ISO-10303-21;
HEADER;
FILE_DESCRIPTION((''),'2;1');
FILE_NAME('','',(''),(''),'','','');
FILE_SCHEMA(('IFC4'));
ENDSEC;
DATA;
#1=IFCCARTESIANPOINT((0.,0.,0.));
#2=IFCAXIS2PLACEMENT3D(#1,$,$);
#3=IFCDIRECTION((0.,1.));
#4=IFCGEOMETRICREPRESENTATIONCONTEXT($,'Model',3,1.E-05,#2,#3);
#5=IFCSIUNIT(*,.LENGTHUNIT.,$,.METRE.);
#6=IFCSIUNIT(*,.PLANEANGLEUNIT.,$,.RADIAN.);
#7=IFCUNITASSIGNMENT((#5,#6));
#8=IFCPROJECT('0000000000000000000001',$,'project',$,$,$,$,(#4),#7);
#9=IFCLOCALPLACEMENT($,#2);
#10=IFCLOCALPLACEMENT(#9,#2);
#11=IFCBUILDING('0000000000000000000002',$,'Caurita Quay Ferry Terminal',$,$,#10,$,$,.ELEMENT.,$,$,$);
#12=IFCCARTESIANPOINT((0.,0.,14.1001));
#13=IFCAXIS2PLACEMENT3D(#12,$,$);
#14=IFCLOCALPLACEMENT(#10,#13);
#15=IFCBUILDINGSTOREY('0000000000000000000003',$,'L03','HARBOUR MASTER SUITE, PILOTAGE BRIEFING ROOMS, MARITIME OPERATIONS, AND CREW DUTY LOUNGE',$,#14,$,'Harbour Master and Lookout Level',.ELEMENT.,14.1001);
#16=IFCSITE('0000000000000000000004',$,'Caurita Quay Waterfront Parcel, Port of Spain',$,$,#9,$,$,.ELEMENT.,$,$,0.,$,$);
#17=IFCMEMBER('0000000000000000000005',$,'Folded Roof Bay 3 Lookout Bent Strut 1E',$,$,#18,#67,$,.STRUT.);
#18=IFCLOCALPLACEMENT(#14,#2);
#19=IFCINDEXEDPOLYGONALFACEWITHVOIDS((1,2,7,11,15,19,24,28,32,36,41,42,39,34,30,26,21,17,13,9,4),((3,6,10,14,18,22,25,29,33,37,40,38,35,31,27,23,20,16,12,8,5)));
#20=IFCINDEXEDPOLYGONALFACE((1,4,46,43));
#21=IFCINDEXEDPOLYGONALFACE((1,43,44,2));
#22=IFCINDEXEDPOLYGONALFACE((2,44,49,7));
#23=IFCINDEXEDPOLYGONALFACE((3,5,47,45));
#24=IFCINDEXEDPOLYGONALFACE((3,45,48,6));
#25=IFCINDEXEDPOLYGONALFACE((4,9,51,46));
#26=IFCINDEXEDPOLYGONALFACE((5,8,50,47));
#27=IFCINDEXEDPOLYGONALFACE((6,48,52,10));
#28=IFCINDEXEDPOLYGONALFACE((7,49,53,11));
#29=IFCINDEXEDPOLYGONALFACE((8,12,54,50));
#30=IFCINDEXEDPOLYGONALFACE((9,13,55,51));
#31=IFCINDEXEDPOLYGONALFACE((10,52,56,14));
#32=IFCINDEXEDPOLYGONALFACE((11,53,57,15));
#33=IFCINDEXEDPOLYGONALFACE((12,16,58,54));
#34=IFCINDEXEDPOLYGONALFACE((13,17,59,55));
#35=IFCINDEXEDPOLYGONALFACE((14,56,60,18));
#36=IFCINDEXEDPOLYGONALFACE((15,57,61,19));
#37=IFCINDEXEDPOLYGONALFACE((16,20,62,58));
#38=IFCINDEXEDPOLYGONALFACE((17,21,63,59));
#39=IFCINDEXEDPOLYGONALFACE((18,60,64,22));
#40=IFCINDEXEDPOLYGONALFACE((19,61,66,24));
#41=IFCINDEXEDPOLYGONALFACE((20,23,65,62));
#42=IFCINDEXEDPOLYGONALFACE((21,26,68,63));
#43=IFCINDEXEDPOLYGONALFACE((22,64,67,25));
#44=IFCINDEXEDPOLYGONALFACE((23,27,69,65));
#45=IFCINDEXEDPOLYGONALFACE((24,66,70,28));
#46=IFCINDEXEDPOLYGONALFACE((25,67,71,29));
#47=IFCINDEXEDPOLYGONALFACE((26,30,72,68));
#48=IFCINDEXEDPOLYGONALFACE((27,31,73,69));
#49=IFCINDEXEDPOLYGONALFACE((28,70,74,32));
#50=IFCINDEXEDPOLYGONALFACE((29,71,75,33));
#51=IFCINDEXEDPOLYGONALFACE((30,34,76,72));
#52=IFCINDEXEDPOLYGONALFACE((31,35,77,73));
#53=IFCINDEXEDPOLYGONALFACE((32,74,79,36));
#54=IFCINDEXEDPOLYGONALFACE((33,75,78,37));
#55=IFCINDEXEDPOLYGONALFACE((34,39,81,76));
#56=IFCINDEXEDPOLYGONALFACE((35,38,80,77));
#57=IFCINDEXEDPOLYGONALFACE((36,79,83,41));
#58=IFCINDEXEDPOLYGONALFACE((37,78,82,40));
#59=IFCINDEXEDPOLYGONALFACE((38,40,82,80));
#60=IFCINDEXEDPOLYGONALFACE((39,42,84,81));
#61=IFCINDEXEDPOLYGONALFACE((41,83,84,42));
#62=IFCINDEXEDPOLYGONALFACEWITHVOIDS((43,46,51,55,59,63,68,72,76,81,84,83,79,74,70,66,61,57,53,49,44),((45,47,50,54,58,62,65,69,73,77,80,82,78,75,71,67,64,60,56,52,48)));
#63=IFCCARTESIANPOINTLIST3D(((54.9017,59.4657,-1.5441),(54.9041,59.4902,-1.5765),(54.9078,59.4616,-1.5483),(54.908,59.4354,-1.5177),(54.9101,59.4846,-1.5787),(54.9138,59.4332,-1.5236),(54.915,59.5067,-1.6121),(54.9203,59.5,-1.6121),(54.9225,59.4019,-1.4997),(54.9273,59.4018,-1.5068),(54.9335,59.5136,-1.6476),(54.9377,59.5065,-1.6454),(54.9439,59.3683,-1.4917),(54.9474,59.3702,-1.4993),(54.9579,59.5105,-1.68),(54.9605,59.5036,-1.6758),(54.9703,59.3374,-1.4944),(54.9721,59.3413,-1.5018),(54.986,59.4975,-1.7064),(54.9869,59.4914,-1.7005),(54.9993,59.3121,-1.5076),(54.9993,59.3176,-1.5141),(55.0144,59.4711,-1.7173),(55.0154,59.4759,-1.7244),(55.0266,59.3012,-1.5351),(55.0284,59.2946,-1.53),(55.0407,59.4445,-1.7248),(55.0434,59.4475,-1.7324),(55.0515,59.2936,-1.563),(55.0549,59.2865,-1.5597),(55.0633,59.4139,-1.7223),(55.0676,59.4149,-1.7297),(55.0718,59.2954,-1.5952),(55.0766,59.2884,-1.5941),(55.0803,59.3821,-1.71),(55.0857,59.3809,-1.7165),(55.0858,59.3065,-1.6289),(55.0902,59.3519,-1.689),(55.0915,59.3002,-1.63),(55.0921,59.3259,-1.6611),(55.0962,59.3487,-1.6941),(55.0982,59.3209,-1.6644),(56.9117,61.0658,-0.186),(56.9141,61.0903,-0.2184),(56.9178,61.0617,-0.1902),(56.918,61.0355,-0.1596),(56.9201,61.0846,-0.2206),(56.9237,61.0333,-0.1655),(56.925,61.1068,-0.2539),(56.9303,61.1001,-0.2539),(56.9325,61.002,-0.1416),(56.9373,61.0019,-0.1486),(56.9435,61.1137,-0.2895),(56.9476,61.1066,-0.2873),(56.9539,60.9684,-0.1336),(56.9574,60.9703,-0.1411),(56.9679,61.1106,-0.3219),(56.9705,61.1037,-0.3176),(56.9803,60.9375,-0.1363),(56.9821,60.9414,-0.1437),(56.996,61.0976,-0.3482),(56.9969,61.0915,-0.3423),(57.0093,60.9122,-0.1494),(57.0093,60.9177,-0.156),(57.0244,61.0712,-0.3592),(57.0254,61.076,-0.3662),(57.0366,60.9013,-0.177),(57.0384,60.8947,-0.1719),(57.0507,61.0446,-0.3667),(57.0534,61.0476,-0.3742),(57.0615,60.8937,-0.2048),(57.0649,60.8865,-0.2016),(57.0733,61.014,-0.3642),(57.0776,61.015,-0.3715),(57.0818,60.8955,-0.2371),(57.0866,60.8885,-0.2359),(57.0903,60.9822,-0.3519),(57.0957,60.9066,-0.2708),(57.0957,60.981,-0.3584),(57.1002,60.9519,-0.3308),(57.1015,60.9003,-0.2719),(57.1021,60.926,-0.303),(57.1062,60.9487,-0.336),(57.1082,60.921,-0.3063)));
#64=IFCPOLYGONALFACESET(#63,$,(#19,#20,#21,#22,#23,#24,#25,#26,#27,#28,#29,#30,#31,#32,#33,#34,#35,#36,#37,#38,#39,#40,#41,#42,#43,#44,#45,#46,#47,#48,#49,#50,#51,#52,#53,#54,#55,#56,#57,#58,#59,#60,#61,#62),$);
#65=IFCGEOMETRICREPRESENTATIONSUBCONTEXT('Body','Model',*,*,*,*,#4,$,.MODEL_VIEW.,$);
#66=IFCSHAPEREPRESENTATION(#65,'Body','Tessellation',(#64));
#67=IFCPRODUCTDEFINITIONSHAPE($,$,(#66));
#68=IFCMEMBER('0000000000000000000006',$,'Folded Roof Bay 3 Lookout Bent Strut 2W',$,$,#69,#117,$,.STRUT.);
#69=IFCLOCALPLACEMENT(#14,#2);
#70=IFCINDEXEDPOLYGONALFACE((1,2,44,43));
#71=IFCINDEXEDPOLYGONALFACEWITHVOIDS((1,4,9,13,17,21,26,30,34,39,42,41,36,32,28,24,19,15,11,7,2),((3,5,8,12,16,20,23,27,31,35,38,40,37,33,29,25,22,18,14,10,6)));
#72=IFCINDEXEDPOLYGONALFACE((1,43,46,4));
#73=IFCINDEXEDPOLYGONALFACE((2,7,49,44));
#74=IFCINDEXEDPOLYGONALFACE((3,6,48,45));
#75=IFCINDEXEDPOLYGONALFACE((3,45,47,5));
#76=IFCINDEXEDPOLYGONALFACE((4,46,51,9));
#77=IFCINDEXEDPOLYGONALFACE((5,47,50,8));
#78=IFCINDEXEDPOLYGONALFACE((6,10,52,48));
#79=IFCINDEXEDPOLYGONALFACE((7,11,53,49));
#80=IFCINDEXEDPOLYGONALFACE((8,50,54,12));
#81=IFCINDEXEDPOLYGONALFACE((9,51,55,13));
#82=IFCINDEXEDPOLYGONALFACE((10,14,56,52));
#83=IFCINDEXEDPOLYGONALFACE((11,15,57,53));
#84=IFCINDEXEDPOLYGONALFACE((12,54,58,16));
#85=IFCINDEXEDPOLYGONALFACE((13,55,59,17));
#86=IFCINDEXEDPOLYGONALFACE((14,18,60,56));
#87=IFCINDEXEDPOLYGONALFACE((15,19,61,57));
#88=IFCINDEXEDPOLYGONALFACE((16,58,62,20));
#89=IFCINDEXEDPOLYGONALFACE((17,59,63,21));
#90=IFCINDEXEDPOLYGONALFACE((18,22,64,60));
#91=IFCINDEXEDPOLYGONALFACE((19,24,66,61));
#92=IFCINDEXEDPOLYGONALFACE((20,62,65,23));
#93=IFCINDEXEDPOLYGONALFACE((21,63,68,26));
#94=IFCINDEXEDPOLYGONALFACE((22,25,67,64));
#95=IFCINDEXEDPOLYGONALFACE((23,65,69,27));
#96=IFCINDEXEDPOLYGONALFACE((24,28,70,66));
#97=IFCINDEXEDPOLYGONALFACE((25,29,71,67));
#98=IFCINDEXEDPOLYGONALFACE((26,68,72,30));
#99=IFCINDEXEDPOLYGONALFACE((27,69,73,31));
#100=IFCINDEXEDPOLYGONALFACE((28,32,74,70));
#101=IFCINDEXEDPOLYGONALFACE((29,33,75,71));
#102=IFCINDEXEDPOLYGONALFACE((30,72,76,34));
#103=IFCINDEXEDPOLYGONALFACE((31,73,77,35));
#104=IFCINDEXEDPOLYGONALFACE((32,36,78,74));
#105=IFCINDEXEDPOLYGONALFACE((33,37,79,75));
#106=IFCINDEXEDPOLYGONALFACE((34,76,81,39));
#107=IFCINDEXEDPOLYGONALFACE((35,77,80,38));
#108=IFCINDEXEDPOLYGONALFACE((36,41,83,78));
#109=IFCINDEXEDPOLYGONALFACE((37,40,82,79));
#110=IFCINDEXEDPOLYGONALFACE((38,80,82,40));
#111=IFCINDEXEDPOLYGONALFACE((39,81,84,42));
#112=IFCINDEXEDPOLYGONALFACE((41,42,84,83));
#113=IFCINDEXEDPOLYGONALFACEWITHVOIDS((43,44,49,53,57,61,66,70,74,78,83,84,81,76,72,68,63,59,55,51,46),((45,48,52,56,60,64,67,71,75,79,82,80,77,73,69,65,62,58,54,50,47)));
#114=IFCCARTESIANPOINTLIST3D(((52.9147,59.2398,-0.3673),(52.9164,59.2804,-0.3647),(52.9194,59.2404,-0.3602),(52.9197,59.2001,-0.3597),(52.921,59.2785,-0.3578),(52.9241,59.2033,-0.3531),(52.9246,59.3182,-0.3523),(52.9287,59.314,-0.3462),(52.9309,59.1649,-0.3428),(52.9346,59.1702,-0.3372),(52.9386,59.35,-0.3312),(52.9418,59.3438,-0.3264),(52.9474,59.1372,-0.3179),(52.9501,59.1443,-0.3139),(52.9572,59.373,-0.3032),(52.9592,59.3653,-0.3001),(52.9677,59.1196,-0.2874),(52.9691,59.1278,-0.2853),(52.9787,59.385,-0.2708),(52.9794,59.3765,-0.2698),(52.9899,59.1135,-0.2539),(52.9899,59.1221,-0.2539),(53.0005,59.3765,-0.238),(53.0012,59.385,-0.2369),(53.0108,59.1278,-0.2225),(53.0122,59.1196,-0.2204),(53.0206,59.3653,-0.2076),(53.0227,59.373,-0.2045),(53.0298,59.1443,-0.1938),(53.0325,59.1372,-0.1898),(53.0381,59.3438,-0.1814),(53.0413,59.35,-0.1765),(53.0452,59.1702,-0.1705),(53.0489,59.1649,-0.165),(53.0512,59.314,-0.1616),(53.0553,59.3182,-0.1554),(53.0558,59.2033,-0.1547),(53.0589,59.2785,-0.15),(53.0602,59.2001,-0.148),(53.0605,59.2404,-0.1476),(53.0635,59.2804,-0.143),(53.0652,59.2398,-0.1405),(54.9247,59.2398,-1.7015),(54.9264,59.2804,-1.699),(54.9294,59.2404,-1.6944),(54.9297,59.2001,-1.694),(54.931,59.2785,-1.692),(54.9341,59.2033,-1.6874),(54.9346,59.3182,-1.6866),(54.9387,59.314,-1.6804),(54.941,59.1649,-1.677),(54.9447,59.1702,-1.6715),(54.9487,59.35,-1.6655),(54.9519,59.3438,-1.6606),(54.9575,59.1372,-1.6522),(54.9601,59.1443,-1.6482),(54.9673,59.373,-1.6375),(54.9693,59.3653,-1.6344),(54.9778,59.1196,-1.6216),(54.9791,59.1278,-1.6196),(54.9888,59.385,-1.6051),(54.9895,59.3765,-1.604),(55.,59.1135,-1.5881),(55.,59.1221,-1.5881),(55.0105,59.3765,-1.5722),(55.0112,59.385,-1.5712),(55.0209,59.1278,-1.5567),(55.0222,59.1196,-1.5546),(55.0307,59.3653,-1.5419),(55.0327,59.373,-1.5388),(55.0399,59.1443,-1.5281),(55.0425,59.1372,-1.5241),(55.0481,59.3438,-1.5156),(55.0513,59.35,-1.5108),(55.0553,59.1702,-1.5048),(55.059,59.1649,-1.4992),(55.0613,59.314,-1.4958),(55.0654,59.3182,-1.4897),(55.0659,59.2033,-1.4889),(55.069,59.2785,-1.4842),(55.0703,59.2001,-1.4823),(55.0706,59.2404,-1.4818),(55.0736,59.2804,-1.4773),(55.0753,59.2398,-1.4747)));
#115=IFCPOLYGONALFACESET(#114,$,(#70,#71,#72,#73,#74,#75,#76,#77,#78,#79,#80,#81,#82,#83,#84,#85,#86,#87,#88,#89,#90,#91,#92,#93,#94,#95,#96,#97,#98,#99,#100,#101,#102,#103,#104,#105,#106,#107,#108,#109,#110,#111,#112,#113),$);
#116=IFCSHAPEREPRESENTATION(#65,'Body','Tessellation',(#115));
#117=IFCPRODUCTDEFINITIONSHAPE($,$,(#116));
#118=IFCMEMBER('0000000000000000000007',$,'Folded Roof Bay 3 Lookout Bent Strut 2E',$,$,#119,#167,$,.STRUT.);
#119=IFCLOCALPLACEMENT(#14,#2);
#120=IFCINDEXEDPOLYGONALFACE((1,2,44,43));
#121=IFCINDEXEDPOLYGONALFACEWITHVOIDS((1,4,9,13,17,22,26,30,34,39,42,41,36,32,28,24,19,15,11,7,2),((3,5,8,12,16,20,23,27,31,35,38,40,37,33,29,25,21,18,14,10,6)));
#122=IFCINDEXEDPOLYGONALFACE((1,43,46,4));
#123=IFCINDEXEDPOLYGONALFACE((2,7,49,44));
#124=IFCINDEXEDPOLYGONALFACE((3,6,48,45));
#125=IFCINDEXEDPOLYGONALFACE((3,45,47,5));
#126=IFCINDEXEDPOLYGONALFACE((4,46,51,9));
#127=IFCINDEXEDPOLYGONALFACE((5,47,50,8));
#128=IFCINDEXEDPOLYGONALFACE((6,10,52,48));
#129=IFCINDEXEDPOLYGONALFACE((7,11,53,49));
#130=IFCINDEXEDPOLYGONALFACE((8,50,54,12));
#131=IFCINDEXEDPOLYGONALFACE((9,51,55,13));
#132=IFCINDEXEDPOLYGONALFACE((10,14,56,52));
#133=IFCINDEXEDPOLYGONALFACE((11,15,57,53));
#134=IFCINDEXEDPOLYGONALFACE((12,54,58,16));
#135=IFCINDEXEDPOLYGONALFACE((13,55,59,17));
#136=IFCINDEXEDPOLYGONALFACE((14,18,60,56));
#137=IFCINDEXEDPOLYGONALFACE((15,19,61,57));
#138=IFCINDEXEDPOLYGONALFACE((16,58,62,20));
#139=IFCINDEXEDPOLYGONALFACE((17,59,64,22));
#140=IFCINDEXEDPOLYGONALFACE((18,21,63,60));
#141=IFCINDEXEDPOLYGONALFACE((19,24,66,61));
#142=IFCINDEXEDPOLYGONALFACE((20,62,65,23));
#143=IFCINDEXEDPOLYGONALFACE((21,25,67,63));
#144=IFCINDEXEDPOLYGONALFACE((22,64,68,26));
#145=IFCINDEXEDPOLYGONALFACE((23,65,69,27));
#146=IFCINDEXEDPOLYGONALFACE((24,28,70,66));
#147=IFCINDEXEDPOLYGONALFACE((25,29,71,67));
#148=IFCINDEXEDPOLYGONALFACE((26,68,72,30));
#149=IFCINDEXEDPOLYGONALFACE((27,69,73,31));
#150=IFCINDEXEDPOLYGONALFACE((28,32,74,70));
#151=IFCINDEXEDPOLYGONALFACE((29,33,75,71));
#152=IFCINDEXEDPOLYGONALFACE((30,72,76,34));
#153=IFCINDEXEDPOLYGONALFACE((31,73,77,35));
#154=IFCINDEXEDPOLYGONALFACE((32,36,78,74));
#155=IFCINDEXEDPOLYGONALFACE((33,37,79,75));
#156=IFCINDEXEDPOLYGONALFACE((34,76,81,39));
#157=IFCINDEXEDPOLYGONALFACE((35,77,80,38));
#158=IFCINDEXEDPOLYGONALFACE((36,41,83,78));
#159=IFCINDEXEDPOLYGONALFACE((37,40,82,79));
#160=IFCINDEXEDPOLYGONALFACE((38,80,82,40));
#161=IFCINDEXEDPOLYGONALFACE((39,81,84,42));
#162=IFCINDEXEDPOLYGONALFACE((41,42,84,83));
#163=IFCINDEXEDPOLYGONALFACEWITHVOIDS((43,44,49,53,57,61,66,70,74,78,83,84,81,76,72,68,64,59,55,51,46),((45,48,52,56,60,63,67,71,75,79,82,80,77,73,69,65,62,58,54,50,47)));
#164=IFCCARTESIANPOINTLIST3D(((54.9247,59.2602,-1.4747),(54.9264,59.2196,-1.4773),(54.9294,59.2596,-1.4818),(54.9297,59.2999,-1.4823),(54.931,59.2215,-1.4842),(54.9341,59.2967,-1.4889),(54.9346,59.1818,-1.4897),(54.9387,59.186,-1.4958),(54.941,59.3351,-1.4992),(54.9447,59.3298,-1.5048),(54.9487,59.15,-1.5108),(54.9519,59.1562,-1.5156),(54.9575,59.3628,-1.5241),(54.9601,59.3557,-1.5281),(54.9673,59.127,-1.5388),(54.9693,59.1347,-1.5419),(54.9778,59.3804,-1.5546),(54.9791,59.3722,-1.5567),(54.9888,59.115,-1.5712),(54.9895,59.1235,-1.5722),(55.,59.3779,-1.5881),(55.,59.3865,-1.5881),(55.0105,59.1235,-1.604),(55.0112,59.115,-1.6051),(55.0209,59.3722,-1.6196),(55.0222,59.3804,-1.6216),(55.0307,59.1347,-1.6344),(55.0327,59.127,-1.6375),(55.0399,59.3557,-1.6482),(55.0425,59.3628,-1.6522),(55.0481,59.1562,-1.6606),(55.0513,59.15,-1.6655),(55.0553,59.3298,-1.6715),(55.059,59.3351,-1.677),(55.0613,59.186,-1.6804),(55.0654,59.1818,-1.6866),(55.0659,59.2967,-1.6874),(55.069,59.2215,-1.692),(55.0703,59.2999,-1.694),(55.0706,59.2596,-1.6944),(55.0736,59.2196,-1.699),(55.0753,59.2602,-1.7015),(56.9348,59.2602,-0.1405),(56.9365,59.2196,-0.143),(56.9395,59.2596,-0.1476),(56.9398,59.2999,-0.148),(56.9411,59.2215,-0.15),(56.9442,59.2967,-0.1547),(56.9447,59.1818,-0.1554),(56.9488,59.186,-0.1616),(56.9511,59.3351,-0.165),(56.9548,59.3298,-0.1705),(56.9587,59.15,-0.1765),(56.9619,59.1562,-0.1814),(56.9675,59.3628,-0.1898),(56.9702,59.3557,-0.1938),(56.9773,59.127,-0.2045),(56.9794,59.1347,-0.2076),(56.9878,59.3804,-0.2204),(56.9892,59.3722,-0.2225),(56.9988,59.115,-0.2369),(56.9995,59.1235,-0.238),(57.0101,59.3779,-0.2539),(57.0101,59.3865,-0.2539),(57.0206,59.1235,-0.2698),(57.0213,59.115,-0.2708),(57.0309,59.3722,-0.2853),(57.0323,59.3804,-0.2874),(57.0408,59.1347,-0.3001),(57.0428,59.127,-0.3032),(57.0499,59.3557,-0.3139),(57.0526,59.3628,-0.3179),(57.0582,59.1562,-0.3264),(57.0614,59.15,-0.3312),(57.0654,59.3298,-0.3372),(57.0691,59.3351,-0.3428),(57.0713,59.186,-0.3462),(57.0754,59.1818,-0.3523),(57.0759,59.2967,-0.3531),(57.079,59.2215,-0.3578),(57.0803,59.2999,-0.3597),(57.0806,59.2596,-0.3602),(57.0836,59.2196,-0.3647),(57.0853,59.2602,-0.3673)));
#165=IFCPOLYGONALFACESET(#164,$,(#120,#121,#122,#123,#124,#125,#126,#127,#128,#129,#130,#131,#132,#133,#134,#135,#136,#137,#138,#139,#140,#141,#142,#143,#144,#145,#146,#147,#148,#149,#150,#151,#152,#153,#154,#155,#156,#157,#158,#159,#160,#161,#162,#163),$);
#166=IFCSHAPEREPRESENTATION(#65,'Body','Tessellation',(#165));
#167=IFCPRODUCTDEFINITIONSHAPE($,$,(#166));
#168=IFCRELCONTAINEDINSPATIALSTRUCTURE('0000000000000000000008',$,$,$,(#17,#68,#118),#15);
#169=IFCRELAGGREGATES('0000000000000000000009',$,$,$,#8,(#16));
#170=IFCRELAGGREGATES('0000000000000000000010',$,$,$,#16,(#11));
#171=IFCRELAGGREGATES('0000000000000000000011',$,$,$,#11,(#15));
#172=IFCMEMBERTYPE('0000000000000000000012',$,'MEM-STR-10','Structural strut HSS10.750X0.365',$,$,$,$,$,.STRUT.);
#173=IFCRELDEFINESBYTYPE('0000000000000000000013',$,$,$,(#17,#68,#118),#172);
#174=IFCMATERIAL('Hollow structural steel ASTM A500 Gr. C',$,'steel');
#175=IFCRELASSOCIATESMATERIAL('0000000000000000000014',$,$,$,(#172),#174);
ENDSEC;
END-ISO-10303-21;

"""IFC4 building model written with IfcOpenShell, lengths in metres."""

from ifc_helpers import new_model, si_unit, direction, frame, origin, origin_2d, place, context, subcontext, project, spatial, hollow_circle, extrude, material, material_profile, profile_set, type_object, element, save


model = new_model("IFC4")

# Units and contexts
model_context = context("Model", 3, precision=1e-05, world=origin(), true_north=direction((0.0, 1.0)))
body_context = subcontext(model_context, "Body", "Model", "MODEL_VIEW")
ifc_project = project(units=[si_unit("LENGTHUNIT", "METRE"), si_unit("PLANEANGLEUNIT", "RADIAN")], contexts=[model_context])

# Site, building, storey
site_placement = place(None, origin())
site = spatial("IfcSite", under=ifc_project, at=site_placement, Name="Caurita Quay Waterfront Parcel, Port of Spain", CompositionType="ELEMENT", RefElevation=0.0)
building_placement = place(site_placement, origin())
building = spatial("IfcBuilding", under=site, at=building_placement, Name="Caurita Quay Ferry Terminal", CompositionType="ELEMENT")
storey_placement = place(building_placement, frame((0.0, 0.0, 14.1001)))
storey = spatial("IfcBuildingStorey", under=building, at=storey_placement, Name="L03", Description="HARBOUR MASTER SUITE, PILOTAGE BRIEFING ROOMS, MARITIME OPERATIONS, AND CREW DUTY LOUNGE", LongName="Harbour Master and Lookout Level", CompositionType="ELEMENT", Elevation=14.1001)

# Members
ifc_material_1 = material(Name="Hollow structural steel ASTM A500 Gr. C", Category="steel")
ifc_material_profile_1 = material_profile(ifc_material_1, hollow_circle(Radius=0.1365, WallThickness=0.0085, at=origin_2d()), Name="HSS10.750X0.365")
ifc_profile_set_1 = profile_set([ifc_material_profile_1], Name="Hollow structural steel ASTM A500 Gr. C")
member_type_1 = type_object("IfcMemberType", Name="MEM-STR-10", Description="Structural strut HSS10.750X0.365", PredefinedType="STRUT", material=ifc_profile_set_1)
for number, where, z_axis, x_axis, name in (
    (1, (55.0, 59.3999, -1.6121), (0.691668, 0.550612, 0.467357), (-0.622816, 0.782368, 0.0), "Folded Roof Bay 3 Lookout Bent Strut 1E"),
):
    element("IfcMember", number, at=place(storey_placement, frame(where, z_axis=z_axis, x_axis=x_axis)), inside=storey, type_object=member_type_1, Name=name, PredefinedType="STRUT", context=body_context, shape_type="SweptSolid", body=[
        extrude(hollow_circle(Radius=0.1365, WallThickness=0.0085, at=origin_2d()), origin(), (0.0, 0.0, 1.0), 2.906),
    ])
for number, where, z_axis, x_axis, name in (
    (2, (55.0, 59.25, -1.5881), (-0.833154, 0.0, 0.553041), (0.0, -1.0, 0.0), "Folded Roof Bay 3 Lookout Bent Strut 2W"),
    (3, (55.0, 59.25, -1.5881), (0.833154, 0.0, 0.553041), (0.0, 1.0, 0.0), "Folded Roof Bay 3 Lookout Bent Strut 2E"),
):
    element("IfcMember", number, at=place(storey_placement, frame(where, z_axis=z_axis, x_axis=x_axis)), inside=storey, type_object=member_type_1, Name=name, PredefinedType="STRUT", context=body_context, shape_type="SweptSolid", body=[
        extrude(hollow_circle(Radius=0.1365, WallThickness=0.0085, at=origin_2d()), origin(), (0.0, 0.0, 1.0), 2.4126),
    ])

save(model, "model.ifc")
